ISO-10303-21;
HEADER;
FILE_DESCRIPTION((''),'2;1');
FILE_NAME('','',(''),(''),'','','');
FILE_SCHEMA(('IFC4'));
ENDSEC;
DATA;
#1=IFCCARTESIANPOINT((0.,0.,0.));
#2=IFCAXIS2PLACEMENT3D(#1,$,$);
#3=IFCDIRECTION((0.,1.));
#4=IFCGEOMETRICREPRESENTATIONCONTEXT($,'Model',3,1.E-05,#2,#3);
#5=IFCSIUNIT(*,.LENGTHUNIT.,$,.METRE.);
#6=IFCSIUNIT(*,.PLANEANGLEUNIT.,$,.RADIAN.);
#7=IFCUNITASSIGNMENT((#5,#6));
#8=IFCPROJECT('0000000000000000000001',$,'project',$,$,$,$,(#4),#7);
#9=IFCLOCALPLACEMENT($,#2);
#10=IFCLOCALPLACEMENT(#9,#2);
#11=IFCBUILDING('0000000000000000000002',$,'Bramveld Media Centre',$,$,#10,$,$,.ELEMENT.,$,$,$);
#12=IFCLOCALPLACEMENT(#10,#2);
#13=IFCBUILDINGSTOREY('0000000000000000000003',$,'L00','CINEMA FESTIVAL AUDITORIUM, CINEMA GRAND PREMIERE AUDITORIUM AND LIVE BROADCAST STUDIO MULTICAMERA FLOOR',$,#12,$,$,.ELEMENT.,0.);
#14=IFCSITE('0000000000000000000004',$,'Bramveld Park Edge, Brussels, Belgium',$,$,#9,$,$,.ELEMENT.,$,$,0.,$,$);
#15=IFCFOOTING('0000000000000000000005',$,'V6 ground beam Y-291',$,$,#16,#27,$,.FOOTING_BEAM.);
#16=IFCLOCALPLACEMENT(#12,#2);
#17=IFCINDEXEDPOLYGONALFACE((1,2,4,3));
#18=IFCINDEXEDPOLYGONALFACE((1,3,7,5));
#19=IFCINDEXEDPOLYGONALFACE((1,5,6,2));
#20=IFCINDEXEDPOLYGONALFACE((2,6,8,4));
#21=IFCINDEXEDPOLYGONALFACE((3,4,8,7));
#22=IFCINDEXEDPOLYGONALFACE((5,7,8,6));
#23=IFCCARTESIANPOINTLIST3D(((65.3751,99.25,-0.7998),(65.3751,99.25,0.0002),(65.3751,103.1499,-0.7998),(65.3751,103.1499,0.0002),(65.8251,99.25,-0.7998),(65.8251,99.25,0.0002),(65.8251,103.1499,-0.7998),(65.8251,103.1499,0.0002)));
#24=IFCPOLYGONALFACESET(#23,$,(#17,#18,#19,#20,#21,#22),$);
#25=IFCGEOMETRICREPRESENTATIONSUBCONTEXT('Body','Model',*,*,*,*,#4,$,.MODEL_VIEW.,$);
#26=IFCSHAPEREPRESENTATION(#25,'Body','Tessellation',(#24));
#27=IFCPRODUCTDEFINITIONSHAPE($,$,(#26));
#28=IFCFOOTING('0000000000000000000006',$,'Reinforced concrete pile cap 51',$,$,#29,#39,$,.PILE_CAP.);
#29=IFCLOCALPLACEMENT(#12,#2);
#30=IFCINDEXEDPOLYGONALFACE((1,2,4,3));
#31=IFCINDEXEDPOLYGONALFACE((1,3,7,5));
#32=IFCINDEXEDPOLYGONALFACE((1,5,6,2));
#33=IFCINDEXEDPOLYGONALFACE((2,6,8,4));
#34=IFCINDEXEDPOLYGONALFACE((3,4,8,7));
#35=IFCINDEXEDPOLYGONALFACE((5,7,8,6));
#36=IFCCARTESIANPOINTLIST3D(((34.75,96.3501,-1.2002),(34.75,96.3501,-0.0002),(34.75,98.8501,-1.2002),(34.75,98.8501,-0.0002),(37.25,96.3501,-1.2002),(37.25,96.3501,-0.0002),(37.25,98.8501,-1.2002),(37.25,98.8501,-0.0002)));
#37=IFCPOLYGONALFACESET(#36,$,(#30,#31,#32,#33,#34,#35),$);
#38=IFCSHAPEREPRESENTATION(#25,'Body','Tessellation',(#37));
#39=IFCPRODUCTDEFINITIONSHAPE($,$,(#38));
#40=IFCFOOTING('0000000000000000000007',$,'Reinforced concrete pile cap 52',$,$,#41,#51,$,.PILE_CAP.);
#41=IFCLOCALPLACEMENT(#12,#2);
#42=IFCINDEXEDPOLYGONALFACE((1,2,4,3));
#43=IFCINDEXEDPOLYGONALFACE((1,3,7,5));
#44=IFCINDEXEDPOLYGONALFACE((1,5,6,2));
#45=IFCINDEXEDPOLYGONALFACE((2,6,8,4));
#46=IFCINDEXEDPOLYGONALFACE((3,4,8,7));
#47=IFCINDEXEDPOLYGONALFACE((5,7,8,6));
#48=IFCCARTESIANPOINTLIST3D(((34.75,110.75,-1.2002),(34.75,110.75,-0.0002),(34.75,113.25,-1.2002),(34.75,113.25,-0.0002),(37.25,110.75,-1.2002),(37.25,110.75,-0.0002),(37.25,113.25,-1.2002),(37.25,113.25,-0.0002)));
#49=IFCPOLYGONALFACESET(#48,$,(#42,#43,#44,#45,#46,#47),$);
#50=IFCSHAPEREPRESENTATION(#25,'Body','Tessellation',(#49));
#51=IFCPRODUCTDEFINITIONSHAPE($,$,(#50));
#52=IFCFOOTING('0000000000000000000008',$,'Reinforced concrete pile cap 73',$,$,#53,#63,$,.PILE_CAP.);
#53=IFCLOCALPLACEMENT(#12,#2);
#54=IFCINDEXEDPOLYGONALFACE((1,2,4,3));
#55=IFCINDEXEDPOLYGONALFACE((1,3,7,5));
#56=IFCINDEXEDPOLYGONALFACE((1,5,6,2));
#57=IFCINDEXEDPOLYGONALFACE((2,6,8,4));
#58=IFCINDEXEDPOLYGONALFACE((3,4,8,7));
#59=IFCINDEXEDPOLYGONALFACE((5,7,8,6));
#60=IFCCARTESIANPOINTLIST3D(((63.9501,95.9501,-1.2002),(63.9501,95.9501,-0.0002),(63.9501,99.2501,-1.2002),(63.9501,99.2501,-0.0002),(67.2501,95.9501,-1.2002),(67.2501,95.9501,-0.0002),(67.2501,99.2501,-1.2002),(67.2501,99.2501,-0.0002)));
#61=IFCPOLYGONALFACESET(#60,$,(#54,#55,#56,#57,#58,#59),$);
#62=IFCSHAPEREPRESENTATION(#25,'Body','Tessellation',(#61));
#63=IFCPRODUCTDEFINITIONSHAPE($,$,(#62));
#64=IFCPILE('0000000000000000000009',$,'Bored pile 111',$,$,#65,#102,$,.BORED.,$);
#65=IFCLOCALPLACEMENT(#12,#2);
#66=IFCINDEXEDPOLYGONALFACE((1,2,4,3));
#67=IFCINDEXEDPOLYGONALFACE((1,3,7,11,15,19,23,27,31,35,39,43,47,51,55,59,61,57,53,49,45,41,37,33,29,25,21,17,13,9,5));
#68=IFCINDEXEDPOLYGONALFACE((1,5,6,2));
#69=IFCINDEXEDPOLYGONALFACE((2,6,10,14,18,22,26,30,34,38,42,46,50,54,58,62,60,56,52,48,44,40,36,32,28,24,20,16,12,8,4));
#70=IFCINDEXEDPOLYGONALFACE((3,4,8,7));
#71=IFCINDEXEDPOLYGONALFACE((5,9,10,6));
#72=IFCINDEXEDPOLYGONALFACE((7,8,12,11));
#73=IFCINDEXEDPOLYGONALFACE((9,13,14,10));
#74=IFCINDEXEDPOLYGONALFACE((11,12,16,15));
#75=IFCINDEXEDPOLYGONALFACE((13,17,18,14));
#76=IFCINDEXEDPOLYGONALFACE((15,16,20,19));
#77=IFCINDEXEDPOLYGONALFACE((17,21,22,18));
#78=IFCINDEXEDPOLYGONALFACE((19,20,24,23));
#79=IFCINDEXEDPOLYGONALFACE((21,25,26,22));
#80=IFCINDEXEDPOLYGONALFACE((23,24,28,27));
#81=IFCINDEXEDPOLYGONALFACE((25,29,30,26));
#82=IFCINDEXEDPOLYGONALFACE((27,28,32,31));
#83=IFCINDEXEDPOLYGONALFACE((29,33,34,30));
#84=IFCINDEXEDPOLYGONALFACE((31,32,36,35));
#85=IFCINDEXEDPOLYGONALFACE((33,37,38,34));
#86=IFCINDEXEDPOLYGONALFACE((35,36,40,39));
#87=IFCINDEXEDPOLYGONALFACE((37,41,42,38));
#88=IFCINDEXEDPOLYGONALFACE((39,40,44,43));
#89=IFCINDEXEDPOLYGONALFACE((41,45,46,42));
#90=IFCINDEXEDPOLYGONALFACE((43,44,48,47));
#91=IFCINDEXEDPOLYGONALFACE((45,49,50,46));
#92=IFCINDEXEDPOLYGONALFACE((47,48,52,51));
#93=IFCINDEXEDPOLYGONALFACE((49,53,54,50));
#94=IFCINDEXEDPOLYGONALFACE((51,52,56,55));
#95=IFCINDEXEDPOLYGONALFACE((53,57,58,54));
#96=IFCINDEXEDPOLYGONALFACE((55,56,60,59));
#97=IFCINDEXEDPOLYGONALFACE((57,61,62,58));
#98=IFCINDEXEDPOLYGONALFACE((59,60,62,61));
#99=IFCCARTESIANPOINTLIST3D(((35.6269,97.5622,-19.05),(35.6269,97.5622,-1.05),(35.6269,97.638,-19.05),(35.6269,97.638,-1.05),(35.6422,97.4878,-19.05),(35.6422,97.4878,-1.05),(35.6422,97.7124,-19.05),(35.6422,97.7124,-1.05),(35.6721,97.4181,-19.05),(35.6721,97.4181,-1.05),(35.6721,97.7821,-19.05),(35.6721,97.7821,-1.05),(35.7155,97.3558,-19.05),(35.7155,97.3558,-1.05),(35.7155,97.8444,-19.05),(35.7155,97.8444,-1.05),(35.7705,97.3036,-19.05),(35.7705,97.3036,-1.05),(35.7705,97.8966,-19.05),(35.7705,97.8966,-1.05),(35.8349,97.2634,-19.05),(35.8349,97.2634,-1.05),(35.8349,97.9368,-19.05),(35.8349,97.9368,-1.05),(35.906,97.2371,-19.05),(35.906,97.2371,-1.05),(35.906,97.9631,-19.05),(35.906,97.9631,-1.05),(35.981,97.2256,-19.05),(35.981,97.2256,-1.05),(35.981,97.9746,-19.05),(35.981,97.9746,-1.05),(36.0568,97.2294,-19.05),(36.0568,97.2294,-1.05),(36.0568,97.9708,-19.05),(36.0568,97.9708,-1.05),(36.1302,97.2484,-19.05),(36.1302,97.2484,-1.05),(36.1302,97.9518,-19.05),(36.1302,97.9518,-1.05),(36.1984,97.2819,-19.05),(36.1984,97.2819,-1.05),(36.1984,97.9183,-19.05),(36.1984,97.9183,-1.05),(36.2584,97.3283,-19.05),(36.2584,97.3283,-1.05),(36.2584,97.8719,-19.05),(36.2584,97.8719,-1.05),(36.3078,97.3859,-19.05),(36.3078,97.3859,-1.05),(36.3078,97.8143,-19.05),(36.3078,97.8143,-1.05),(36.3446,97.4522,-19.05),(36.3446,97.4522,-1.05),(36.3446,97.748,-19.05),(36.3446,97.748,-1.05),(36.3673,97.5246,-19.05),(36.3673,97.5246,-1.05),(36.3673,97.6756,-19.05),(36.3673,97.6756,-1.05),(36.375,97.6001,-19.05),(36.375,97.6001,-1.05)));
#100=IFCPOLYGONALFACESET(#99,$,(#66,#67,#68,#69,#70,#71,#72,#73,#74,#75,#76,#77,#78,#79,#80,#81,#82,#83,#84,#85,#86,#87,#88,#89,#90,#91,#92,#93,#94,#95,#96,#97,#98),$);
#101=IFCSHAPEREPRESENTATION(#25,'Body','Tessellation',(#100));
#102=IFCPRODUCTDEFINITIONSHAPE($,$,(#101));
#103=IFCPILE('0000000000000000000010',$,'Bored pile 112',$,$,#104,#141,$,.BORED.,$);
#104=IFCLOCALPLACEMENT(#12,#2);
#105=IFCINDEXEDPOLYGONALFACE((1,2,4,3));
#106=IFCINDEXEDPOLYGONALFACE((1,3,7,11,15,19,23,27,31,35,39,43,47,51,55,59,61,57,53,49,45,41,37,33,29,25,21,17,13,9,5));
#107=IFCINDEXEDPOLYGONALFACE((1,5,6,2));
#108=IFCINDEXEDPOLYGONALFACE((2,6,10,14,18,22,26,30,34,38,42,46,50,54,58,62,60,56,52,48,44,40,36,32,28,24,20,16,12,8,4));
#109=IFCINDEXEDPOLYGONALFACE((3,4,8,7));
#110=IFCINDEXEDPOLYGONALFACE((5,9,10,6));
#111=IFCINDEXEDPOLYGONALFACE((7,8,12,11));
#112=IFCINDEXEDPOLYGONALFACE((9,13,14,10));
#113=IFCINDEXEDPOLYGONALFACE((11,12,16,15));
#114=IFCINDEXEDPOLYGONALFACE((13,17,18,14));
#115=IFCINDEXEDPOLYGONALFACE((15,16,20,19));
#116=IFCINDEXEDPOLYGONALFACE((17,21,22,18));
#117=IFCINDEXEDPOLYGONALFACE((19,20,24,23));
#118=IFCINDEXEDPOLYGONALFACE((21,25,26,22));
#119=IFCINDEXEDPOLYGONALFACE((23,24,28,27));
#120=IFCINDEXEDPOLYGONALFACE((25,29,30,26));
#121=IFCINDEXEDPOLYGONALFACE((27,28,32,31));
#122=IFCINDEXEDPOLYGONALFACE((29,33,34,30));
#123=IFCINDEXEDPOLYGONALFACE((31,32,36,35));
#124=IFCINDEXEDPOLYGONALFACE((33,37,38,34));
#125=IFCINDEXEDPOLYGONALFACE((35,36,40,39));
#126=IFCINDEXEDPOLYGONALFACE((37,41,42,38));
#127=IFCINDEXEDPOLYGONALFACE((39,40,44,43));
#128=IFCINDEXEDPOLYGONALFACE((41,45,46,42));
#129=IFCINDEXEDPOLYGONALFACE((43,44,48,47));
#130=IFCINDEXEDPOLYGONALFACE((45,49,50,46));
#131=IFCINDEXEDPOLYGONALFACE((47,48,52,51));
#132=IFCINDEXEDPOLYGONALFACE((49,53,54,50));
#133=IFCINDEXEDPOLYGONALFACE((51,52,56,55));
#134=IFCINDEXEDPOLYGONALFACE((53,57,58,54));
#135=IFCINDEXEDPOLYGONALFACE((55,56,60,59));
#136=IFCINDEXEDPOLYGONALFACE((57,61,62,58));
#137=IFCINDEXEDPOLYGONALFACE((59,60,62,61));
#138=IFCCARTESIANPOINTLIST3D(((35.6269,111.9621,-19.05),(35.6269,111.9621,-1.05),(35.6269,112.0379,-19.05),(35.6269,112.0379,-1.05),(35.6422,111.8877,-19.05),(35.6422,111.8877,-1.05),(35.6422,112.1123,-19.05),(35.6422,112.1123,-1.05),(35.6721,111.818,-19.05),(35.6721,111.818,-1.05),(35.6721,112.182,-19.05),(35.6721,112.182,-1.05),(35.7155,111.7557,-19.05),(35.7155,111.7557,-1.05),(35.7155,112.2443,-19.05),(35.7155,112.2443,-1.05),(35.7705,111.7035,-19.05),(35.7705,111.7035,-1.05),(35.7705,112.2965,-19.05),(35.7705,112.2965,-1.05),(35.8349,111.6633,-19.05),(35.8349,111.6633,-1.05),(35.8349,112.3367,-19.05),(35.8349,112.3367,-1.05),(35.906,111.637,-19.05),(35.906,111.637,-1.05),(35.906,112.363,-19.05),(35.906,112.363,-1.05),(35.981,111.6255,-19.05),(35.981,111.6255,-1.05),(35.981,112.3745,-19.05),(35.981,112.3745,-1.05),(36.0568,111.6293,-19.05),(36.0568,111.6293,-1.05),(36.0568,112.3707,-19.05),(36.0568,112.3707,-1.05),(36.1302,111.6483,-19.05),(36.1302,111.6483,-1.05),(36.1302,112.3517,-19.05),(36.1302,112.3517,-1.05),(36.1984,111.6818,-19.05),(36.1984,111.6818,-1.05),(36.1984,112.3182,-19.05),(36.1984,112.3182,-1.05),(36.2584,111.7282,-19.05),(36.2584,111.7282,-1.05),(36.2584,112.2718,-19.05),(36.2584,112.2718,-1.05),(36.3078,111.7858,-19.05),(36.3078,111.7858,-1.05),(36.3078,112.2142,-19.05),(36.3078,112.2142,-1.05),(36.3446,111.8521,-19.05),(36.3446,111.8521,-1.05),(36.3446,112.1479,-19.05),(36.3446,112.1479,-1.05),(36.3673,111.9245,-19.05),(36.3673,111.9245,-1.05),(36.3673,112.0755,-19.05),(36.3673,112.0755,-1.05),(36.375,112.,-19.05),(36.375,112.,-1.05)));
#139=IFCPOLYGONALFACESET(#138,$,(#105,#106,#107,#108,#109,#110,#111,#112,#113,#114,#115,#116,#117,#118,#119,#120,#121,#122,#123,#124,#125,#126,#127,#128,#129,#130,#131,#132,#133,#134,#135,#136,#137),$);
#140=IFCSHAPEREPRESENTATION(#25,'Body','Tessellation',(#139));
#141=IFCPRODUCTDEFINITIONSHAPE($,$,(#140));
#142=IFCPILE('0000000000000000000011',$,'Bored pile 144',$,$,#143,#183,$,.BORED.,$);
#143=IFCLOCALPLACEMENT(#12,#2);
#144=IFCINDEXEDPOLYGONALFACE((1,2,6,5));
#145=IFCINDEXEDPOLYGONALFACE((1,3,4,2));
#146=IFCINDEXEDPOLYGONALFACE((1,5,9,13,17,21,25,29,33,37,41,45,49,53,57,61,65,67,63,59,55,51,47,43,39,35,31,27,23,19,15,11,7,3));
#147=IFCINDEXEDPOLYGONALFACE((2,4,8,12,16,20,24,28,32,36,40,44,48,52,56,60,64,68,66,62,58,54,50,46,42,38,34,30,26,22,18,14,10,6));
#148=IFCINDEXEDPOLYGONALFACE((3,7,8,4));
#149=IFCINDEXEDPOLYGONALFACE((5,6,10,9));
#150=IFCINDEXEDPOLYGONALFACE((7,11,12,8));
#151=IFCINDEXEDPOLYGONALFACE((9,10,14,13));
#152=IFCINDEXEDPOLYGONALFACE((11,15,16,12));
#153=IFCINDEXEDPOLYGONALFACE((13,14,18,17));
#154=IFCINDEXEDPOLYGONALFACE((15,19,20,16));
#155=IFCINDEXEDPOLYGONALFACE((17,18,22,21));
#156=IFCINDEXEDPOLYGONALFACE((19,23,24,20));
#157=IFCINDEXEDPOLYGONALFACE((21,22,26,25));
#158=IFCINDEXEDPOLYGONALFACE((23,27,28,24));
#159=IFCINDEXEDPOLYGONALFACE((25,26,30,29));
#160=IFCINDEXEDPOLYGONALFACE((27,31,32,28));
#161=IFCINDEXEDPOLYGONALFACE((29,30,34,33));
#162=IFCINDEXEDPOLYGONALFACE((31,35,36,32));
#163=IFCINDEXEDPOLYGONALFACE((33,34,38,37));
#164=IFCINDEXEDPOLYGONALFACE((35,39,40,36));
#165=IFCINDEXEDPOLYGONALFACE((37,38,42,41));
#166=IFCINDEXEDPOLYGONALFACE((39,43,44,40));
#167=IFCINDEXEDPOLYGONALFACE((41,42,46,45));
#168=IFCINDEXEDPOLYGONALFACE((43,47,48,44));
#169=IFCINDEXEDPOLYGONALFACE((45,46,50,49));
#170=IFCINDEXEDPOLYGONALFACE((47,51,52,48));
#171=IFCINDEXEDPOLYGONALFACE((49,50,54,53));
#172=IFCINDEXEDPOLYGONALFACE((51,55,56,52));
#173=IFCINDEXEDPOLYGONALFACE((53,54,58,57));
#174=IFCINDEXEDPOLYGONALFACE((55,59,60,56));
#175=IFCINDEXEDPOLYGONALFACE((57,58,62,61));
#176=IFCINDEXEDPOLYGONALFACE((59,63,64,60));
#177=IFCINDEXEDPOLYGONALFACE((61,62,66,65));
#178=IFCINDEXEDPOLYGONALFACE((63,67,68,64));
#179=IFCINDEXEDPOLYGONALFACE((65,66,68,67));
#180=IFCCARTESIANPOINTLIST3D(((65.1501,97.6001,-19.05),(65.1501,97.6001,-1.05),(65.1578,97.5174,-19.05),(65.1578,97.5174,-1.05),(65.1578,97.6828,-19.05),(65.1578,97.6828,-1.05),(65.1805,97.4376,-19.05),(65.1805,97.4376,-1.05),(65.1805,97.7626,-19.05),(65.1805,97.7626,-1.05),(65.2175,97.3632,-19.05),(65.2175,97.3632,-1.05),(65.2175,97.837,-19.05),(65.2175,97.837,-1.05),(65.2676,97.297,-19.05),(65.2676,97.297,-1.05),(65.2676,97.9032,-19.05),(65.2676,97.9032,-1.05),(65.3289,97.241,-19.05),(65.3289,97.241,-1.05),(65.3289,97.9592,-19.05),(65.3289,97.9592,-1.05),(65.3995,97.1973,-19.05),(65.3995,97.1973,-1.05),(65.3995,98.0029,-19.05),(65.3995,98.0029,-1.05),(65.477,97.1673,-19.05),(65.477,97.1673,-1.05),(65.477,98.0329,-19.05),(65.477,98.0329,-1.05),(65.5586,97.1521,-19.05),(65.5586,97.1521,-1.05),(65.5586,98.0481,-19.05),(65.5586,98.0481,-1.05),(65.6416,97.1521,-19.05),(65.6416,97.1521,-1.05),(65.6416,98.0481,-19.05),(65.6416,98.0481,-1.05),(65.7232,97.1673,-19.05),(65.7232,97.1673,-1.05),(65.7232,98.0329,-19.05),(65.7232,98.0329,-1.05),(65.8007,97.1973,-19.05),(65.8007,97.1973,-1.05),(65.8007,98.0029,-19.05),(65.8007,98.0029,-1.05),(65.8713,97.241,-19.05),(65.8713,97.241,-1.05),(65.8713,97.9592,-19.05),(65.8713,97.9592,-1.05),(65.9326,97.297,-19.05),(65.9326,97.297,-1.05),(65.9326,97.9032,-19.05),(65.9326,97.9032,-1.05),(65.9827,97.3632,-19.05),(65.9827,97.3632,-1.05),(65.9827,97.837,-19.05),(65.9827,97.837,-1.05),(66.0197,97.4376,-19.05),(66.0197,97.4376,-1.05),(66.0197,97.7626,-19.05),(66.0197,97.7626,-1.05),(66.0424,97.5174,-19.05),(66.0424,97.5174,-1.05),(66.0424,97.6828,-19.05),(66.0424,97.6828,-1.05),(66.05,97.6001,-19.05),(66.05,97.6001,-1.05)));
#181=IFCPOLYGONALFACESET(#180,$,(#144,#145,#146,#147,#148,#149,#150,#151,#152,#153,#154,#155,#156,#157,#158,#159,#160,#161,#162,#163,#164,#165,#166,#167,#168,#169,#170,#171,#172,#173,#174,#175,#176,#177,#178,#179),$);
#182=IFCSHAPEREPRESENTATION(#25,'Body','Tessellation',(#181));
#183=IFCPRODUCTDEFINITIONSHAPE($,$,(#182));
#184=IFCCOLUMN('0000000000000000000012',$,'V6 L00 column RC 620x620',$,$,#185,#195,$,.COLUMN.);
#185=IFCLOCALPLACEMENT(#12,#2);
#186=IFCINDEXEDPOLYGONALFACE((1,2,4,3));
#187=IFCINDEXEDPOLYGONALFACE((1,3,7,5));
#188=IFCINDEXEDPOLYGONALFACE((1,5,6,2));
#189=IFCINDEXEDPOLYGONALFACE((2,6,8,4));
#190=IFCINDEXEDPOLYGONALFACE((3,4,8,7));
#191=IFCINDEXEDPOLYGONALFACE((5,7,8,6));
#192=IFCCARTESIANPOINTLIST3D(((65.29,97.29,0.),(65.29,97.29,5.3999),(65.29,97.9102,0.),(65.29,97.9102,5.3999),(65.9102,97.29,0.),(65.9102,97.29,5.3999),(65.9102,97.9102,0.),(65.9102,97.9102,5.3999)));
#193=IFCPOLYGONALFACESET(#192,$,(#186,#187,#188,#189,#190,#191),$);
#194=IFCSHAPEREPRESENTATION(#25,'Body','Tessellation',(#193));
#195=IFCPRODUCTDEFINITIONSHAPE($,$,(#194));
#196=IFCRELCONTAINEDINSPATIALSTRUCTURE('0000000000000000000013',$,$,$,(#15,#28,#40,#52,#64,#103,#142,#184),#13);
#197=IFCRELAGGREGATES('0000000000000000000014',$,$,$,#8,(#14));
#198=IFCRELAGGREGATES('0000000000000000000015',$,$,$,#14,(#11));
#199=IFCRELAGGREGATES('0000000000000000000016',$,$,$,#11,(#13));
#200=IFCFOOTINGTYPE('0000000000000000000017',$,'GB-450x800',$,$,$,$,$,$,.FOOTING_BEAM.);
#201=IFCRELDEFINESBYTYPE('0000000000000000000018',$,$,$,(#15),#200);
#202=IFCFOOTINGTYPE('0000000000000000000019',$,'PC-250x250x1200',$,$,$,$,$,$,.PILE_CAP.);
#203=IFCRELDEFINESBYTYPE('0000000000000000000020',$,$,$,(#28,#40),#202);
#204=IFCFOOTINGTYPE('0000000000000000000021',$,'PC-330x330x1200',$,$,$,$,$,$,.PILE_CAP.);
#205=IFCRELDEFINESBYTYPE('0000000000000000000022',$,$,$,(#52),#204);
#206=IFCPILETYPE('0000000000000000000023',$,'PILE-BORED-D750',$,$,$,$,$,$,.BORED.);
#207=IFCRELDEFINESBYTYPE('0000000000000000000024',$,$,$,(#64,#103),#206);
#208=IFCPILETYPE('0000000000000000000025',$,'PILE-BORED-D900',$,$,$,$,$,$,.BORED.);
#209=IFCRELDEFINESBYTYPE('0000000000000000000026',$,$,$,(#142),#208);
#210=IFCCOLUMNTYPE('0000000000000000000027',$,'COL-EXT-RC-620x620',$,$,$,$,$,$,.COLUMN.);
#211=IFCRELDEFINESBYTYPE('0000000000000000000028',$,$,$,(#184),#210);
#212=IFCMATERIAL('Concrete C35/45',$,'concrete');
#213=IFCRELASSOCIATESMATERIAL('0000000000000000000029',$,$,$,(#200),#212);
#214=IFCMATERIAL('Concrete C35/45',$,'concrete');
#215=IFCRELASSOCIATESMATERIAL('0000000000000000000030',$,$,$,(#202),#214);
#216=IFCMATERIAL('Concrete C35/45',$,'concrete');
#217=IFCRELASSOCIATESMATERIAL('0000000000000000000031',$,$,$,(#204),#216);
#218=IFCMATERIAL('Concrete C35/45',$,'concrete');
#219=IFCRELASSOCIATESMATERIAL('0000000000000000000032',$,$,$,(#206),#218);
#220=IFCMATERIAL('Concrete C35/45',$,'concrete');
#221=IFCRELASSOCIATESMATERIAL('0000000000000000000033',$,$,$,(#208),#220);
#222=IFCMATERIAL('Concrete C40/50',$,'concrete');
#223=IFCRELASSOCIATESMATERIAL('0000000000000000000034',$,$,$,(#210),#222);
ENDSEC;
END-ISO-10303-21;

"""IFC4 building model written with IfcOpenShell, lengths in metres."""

from ifc_helpers import new_model, si_unit, direction, frame, origin, origin_2d, place, context, subcontext, project, spatial, rectangle, circle, extrude, material, material_profile, profile_set, type_object, element, save


model = new_model("IFC4")

# Units and contexts
model_context = context("Model", 3, precision=1e-05, world=origin(), true_north=direction((0.0, 1.0)))
body_context = subcontext(model_context, "Body", "Model", "MODEL_VIEW")
ifc_project = project(units=[si_unit("LENGTHUNIT", "METRE"), si_unit("PLANEANGLEUNIT", "RADIAN")], contexts=[model_context])

# Site, building, storey
site_placement = place(None, origin())
site = spatial("IfcSite", under=ifc_project, at=site_placement, Name="Bramveld Park Edge, Brussels, Belgium", CompositionType="ELEMENT", RefElevation=0.0)
building_placement = place(site_placement, origin())
building = spatial("IfcBuilding", under=site, at=building_placement, Name="Bramveld Media Centre", CompositionType="ELEMENT")
storey_placement = place(building_placement, origin())
storey = spatial("IfcBuildingStorey", under=building, at=storey_placement, Name="L00", Description="CINEMA FESTIVAL AUDITORIUM, CINEMA GRAND PREMIERE AUDITORIUM AND LIVE BROADCAST STUDIO MULTICAMERA FLOOR", CompositionType="ELEMENT", Elevation=0.0)

# Footings
ifc_material_1 = material(Name="Concrete C35/45", Category="concrete")
footing_type_1 = type_object("IfcFootingType", Name="GB-450x800", PredefinedType="FOOTING_BEAM", material=ifc_material_1)
footing_1_placement = place(storey_placement, frame((65.6001, 101.2, -0.7998), z_axis=(0.0, 0.0, 1.0), x_axis=(1.0, 0.0, 0.0)))
element("IfcFooting", 1, at=footing_1_placement, inside=storey, type_object=footing_type_1, Name="V6 ground beam Y-291", PredefinedType="FOOTING_BEAM", context=body_context, shape_type="SweptSolid", body=[
    extrude(rectangle(XDim=0.45, YDim=3.8999, at=origin_2d()), origin(), (0.0, 0.0, 1.0), 0.8),
])
ifc_material_2 = material(Name="Concrete C35/45", Category="concrete")
footing_type_2 = type_object("IfcFootingType", Name="PC-250x250x1200", PredefinedType="PILE_CAP", material=ifc_material_2)
for number, where, z_axis, x_axis, name in (
    (2, (36.0, 97.6001, -1.2002), (0.0, 0.0, 1.0), (1.0, 0.0, 0.0), "Reinforced concrete pile cap 51"),
    (3, (36.0, 112.0, -1.2002), (0.0, 0.0, 1.0), (1.0, 0.0, 0.0), "Reinforced concrete pile cap 52"),
):
    element("IfcFooting", number, at=place(storey_placement, frame(where, z_axis=z_axis, x_axis=x_axis)), inside=storey, type_object=footing_type_2, Name=name, PredefinedType="PILE_CAP", context=body_context, shape_type="SweptSolid", body=[
        extrude(rectangle(XDim=2.5, YDim=2.5, at=origin_2d()), origin(), (0.0, 0.0, 1.0), 1.2),
    ])
ifc_material_3 = material(Name="Concrete C35/45", Category="concrete")
footing_type_3 = type_object("IfcFootingType", Name="PC-330x330x1200", PredefinedType="PILE_CAP", material=ifc_material_3)
footing_2_placement = place(storey_placement, frame((65.6001, 97.6001, -1.2002), z_axis=(0.0, 0.0, 1.0), x_axis=(1.0, 0.0, 0.0)))
element("IfcFooting", 4, at=footing_2_placement, inside=storey, type_object=footing_type_3, Name="Reinforced concrete pile cap 73", PredefinedType="PILE_CAP", context=body_context, shape_type="SweptSolid", body=[
    extrude(rectangle(XDim=3.3, YDim=3.3, at=origin_2d()), origin(), (0.0, 0.0, 1.0), 1.2),
])

# Piles
ifc_material_4 = material(Name="Concrete C35/45", Category="concrete")
ifc_material_profile_1 = material_profile(ifc_material_4, circle(Radius=0.375, at=origin_2d()), Name="BORED D750")
ifc_profile_set_1 = profile_set([ifc_material_profile_1], Name="Concrete C35/45")
pile_type_1 = type_object("IfcPileType", Name="PILE-BORED-D750", PredefinedType="BORED", material=ifc_profile_set_1)
for number, where, z_axis, x_axis, name in (
    (5, (36.0, 97.6001, -1.05), (0.0, 0.0, -1.0), (1.0, 0.0, 0.0), "Bored pile 111"),
    (6, (36.0, 112.0, -1.05), (0.0, 0.0, -1.0), (1.0, 0.0, 0.0), "Bored pile 112"),
):
    element("IfcPile", number, at=place(storey_placement, frame(where, z_axis=z_axis, x_axis=x_axis)), inside=storey, type_object=pile_type_1, Name=name, PredefinedType="BORED", context=body_context, shape_type="SweptSolid", body=[
        extrude(circle(Radius=0.375, at=origin_2d()), origin(), (0.0, 0.0, 1.0), 18.0),
    ])
ifc_material_5 = material(Name="Concrete C35/45", Category="concrete")
ifc_material_profile_2 = material_profile(ifc_material_5, circle(Radius=0.45, at=origin_2d()), Name="BORED D900")
ifc_profile_set_2 = profile_set([ifc_material_profile_2], Name="Concrete C35/45")
pile_type_2 = type_object("IfcPileType", Name="PILE-BORED-D900", PredefinedType="BORED", material=ifc_profile_set_2)
pile_placement = place(storey_placement, frame((65.6001, 97.6001, -1.05), z_axis=(0.0, 0.0, -1.0), x_axis=(1.0, 0.0, 0.0)))
element("IfcPile", 7, at=pile_placement, inside=storey, type_object=pile_type_2, Name="Bored pile 144", PredefinedType="BORED", context=body_context, shape_type="SweptSolid", body=[
    extrude(circle(Radius=0.45, at=origin_2d()), origin(), (0.0, 0.0, 1.0), 18.0),
])

# Column
ifc_material_6 = material(Name="Concrete C40/50", Category="concrete")
ifc_material_profile_3 = material_profile(ifc_material_6, rectangle(XDim=0.6201, YDim=0.6201, at=origin_2d()), Name="RC 620x620")
ifc_profile_set_3 = profile_set([ifc_material_profile_3], Name="Concrete C40/50")
column_type_1 = type_object("IfcColumnType", Name="COL-EXT-RC-620x620", PredefinedType="COLUMN", material=ifc_profile_set_3)
column_placement = place(storey_placement, frame((65.6001, 97.6001, 0.0), z_axis=(0.0, 0.0, 1.0), x_axis=(1.0, 0.0, 0.0)))
element("IfcColumn", 8, at=column_placement, inside=storey, type_object=column_type_1, Name="V6 L00 column RC 620x620", PredefinedType="COLUMN", context=body_context, shape_type="SweptSolid", body=[
    extrude(rectangle(XDim=0.6201, YDim=0.6201, at=origin_2d()), origin(), (0.0, 0.0, 1.0), 5.3999),
])

save(model, "model.ifc")
